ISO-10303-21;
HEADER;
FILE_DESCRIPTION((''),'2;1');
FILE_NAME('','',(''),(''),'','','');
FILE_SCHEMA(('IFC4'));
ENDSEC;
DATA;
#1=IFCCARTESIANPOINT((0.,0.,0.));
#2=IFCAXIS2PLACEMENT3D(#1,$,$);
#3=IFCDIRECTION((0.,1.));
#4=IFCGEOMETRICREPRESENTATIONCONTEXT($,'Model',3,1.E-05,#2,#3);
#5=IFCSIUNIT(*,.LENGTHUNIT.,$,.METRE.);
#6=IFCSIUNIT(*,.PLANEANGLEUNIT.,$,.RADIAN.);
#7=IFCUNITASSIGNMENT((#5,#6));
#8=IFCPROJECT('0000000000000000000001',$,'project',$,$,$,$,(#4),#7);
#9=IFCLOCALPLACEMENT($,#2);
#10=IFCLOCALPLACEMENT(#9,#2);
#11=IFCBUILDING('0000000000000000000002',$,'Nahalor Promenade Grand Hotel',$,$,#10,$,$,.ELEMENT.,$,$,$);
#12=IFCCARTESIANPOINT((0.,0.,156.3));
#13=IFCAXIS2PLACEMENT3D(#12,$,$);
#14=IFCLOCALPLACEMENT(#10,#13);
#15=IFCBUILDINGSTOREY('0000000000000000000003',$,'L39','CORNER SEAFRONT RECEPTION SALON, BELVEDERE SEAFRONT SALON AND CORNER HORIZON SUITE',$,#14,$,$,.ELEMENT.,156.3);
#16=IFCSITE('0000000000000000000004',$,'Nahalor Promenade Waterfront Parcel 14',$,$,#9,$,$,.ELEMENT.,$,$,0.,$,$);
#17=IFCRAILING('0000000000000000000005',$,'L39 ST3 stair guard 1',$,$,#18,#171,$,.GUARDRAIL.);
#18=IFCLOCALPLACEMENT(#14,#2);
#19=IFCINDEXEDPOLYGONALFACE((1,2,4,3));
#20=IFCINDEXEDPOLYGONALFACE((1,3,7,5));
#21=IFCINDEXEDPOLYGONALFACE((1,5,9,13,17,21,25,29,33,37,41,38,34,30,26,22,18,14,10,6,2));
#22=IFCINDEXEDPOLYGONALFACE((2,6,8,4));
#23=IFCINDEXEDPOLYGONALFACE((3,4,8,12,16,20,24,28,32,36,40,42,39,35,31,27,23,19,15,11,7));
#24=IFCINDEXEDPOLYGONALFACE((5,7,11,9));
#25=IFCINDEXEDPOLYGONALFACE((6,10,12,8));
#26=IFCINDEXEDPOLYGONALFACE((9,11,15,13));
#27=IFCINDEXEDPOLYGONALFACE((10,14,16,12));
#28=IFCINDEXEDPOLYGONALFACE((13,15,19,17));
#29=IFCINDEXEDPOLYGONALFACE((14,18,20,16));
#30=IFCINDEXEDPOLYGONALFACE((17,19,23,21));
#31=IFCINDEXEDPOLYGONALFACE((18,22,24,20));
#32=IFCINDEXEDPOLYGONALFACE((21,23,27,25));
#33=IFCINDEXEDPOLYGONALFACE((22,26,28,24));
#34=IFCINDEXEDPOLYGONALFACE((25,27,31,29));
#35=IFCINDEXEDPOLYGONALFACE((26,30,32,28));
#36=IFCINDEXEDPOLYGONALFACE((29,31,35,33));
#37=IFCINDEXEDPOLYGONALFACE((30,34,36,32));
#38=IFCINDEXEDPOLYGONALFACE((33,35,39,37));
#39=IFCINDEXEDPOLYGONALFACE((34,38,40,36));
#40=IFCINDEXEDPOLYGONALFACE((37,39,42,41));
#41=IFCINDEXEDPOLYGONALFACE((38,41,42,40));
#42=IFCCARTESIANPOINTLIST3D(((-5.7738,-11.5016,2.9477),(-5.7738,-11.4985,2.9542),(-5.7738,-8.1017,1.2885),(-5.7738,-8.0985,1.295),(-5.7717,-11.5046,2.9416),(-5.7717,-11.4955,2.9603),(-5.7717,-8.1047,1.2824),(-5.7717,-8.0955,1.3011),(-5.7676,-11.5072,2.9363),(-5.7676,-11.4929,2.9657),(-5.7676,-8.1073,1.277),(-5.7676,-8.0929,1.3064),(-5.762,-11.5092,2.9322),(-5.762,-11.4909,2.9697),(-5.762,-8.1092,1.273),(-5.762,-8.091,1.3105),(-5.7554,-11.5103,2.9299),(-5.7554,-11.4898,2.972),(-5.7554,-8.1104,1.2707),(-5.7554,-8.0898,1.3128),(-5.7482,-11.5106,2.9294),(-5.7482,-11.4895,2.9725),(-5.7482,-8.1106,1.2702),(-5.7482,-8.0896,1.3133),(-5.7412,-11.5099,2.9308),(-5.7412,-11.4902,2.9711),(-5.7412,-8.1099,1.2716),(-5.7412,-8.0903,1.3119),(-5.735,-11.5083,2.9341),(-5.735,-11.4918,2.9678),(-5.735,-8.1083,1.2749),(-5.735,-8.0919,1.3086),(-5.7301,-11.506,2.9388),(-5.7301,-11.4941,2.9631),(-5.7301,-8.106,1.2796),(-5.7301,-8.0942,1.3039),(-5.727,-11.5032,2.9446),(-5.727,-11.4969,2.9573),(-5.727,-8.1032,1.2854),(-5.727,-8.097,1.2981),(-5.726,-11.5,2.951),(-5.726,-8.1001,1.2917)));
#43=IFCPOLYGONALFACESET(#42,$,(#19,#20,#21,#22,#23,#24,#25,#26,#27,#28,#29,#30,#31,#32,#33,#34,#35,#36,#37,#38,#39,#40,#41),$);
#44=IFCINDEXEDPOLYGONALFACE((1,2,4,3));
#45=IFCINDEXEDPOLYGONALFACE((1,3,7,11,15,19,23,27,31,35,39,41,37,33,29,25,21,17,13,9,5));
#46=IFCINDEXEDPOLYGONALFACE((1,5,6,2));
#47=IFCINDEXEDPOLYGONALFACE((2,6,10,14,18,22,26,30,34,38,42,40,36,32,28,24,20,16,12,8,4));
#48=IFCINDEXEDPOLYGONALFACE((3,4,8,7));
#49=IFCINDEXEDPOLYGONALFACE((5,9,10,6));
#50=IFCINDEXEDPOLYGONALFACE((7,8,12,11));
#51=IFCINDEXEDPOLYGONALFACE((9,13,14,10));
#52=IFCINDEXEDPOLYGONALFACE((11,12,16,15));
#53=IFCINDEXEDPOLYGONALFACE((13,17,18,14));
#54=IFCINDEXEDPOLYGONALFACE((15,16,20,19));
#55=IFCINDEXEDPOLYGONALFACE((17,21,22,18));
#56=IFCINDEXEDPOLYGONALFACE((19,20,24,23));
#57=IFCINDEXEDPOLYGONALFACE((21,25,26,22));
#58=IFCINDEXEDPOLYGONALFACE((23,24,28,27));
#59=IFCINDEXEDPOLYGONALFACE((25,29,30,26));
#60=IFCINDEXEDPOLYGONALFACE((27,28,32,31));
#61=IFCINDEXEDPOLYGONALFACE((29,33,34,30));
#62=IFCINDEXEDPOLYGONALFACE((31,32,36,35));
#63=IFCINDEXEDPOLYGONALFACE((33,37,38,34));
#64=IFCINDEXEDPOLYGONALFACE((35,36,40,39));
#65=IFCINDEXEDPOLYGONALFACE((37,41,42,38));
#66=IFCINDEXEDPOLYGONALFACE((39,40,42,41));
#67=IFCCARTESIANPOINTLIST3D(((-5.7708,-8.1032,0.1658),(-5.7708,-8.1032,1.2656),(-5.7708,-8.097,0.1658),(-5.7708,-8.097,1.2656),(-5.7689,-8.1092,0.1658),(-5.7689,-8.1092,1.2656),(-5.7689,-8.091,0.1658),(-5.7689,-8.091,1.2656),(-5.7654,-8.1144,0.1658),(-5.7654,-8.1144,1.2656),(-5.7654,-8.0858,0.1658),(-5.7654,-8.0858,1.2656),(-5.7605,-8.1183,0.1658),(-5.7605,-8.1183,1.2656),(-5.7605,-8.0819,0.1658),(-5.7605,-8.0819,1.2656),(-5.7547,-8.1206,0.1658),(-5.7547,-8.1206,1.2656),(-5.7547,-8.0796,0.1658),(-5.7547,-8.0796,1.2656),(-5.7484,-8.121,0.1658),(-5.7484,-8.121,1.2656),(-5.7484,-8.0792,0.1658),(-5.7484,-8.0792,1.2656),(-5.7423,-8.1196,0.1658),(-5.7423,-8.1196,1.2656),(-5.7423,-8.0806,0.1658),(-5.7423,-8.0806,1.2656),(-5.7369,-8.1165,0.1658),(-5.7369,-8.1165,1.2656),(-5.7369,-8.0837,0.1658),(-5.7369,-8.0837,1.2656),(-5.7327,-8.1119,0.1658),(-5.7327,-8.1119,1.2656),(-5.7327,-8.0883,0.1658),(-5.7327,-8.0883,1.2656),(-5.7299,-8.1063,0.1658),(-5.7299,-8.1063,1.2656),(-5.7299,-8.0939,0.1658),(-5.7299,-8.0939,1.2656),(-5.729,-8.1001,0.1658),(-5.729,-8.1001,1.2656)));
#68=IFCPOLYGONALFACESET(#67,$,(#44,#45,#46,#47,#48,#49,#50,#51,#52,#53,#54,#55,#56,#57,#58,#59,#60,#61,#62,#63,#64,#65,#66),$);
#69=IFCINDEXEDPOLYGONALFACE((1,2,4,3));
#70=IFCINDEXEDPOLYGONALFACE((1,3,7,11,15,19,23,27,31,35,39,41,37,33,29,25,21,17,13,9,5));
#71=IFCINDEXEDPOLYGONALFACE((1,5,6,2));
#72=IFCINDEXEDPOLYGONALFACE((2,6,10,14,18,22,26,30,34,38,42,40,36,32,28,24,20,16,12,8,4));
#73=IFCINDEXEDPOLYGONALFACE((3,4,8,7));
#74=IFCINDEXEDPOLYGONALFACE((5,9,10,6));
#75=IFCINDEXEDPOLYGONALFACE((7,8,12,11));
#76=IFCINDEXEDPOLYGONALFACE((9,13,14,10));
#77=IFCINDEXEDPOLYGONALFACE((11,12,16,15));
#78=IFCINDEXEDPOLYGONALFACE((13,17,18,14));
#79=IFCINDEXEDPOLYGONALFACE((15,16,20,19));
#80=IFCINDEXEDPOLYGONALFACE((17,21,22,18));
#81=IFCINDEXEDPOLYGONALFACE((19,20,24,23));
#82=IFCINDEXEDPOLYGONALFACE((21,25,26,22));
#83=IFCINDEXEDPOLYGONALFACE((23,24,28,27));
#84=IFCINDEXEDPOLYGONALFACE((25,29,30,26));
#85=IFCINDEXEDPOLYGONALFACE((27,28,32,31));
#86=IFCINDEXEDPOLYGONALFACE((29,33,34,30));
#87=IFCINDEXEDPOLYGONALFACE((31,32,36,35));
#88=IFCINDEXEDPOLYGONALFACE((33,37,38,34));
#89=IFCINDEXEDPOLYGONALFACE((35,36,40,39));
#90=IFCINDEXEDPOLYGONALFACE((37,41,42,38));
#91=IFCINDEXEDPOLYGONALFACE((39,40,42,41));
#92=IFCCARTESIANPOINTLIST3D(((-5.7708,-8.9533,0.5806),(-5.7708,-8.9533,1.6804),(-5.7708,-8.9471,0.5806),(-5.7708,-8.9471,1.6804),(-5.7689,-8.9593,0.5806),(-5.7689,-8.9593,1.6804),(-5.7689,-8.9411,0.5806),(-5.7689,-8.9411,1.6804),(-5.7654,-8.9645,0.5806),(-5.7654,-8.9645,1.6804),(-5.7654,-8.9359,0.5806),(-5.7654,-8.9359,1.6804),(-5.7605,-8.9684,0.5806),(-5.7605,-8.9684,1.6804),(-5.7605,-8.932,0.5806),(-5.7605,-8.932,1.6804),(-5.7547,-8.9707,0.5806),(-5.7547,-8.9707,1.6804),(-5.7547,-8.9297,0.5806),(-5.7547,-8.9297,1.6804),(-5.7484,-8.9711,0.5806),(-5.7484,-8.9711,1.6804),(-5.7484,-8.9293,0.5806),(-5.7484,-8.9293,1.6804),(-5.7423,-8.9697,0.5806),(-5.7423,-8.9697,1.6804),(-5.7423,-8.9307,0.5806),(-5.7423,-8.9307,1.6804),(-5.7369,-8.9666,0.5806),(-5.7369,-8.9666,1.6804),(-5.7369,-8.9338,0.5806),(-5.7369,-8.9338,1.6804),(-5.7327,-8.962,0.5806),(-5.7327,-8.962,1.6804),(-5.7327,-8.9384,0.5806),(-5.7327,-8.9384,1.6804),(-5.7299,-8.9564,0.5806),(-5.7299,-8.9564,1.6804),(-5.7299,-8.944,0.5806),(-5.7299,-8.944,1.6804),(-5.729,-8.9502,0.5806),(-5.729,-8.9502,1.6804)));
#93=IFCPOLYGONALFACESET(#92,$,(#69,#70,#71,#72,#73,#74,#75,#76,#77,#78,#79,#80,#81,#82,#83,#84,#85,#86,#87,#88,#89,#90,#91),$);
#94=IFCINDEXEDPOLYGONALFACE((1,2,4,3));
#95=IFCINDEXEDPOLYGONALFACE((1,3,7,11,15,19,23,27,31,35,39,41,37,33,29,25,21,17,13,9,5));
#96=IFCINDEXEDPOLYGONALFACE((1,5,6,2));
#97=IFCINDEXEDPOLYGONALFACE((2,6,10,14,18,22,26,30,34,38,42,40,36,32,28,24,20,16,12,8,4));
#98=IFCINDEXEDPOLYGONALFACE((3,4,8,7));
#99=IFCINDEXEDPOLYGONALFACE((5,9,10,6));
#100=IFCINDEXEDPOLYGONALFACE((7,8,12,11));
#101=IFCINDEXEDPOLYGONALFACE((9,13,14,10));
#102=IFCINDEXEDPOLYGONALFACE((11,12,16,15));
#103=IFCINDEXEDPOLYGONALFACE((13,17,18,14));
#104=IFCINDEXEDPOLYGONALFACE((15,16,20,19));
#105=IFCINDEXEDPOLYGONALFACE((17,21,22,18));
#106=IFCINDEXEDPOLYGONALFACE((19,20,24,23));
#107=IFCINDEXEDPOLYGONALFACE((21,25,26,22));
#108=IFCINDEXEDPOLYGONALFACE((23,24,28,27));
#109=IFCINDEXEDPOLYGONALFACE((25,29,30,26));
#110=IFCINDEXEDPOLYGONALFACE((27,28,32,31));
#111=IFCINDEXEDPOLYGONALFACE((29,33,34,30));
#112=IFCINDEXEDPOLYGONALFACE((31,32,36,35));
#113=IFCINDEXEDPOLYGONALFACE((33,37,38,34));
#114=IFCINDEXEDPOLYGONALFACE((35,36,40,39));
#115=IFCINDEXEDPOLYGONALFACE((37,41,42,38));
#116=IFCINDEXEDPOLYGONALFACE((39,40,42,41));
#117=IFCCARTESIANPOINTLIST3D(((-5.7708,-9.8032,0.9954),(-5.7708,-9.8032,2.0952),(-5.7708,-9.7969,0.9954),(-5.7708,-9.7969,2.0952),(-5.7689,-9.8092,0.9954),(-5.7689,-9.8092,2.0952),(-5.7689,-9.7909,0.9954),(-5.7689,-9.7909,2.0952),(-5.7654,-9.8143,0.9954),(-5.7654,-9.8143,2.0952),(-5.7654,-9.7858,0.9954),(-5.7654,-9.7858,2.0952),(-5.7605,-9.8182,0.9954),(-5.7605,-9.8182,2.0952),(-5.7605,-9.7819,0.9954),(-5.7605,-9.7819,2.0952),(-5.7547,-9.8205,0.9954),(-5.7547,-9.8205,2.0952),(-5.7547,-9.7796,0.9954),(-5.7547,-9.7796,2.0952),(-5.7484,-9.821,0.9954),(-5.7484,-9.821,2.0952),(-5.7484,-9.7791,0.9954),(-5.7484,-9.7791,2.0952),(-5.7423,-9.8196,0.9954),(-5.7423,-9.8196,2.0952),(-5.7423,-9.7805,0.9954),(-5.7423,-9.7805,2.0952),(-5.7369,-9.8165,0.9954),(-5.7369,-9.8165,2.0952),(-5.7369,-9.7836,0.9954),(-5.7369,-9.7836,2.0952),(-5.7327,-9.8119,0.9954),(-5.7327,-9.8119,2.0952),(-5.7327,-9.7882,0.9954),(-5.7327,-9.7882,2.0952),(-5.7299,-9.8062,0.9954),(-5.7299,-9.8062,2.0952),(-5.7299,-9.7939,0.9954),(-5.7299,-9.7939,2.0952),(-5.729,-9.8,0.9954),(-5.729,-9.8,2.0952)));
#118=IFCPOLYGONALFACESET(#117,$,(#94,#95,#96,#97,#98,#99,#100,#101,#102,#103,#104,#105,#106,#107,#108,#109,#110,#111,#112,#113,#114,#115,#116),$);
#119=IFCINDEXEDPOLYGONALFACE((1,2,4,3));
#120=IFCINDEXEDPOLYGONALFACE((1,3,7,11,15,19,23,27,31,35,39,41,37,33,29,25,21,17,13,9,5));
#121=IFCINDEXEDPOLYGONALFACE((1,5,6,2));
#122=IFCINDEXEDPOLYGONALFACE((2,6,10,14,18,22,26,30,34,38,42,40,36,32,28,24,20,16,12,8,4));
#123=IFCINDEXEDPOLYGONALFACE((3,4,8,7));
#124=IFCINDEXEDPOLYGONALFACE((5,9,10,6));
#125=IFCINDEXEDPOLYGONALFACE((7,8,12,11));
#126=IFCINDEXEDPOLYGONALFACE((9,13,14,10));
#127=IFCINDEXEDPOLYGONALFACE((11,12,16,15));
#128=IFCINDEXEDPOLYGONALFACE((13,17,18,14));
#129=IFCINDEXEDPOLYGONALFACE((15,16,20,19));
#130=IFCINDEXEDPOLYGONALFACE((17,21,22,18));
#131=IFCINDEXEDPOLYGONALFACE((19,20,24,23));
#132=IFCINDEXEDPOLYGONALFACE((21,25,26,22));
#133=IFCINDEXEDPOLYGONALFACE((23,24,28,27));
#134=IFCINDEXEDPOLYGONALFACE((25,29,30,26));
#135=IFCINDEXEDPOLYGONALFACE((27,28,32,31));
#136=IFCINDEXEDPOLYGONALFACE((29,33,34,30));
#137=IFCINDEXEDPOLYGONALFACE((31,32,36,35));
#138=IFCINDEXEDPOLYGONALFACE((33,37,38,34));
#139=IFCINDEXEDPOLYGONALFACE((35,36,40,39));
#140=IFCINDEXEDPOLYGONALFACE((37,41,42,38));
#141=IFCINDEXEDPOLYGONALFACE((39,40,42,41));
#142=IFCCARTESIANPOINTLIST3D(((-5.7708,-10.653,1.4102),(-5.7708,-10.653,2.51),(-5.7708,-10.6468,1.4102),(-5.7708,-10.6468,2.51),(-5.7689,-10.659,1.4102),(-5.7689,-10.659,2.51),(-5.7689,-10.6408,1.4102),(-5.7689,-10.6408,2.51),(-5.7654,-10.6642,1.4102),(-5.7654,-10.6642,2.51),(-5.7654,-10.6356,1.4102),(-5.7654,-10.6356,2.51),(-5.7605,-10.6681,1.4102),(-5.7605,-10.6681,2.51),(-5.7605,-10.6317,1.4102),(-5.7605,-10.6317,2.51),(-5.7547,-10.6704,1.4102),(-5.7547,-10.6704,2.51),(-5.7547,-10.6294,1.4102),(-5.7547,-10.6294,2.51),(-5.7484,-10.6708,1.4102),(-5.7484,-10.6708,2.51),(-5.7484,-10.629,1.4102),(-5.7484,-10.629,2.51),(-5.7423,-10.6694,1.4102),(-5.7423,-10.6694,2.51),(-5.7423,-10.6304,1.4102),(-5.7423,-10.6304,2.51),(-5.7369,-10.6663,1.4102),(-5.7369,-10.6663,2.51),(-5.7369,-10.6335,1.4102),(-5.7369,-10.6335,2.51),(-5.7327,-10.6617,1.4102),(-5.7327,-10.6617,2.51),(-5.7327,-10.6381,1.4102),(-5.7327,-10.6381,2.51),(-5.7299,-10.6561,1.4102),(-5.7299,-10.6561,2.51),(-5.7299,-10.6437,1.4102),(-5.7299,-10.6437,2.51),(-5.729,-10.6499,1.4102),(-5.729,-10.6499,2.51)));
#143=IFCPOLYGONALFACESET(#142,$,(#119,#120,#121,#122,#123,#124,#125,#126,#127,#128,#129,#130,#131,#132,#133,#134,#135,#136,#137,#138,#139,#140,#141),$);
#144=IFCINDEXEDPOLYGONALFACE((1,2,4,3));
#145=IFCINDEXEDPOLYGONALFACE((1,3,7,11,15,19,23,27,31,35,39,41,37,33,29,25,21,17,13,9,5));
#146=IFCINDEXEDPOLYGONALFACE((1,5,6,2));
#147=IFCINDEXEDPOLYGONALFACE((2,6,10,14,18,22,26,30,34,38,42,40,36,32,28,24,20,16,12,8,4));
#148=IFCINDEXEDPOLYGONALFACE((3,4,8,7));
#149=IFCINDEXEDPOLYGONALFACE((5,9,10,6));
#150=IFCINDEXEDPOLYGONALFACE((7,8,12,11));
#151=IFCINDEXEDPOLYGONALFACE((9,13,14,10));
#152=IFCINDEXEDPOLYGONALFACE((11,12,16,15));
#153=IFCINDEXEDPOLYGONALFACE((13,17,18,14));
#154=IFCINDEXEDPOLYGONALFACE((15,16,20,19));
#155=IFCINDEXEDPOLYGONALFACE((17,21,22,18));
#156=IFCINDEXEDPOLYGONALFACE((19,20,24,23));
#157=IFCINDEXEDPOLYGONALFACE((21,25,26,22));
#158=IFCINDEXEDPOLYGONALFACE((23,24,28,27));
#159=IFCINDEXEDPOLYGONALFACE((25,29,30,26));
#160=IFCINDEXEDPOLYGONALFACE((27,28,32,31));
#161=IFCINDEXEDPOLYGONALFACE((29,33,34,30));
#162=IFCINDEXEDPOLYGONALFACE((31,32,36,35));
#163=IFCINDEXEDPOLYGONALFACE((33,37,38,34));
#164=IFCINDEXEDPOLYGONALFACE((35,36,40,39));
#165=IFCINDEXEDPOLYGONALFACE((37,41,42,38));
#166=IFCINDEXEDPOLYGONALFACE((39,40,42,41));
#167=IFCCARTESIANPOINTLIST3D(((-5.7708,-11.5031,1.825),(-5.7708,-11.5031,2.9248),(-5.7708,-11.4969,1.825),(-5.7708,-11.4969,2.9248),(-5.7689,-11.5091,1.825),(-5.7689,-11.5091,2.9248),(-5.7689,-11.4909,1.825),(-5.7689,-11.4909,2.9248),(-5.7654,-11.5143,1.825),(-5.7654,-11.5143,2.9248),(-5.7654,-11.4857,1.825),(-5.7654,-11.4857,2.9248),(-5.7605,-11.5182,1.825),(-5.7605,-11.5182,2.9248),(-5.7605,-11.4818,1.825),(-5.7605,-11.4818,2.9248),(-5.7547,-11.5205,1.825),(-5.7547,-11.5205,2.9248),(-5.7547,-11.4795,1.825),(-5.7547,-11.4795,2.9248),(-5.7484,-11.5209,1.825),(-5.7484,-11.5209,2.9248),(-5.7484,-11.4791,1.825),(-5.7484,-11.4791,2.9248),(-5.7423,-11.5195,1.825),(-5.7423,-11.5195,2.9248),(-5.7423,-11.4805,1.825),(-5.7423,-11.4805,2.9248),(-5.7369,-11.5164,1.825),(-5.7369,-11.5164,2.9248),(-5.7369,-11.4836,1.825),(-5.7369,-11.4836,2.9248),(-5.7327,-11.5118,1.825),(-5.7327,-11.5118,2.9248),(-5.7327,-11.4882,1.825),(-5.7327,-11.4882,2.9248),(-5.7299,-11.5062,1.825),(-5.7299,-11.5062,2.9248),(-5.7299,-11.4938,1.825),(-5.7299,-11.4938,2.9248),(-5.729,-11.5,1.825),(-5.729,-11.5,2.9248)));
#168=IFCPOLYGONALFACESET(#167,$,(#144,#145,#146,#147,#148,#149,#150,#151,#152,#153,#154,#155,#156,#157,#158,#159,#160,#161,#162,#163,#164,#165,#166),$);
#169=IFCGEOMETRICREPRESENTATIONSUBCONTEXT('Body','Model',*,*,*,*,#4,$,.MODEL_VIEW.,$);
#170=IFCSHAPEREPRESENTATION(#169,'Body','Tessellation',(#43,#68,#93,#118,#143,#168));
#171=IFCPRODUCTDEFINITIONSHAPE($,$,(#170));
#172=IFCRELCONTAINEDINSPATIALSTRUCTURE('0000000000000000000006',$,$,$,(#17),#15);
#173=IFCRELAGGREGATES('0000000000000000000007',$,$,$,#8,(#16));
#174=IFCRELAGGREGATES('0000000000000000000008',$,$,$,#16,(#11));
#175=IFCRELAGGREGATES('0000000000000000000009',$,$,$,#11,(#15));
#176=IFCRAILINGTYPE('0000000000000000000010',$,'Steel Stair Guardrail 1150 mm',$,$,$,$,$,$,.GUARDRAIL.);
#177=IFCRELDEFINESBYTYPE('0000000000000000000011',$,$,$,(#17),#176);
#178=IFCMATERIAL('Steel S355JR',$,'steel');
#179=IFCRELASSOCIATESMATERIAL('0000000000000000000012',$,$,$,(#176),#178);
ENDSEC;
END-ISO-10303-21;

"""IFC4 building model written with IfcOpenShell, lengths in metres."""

from ifc_helpers import new_model, si_unit, direction, frame, origin, origin_2d, place, context, subcontext, project, spatial, circle, extrude, material, type_object, element, save


model = new_model("IFC4")

# Units and contexts
model_context = context("Model", 3, precision=1e-05, world=origin(), true_north=direction((0.0, 1.0)))
body_context = subcontext(model_context, "Body", "Model", "MODEL_VIEW")
ifc_project = project(units=[si_unit("LENGTHUNIT", "METRE"), si_unit("PLANEANGLEUNIT", "RADIAN")], contexts=[model_context])

# Site, building, storey
site_placement = place(None, origin())
site = spatial("IfcSite", under=ifc_project, at=site_placement, Name="Nahalor Promenade Waterfront Parcel 14", CompositionType="ELEMENT", RefElevation=0.0)
building_placement = place(site_placement, origin())
building = spatial("IfcBuilding", under=site, at=building_placement, Name="Nahalor Promenade Grand Hotel", CompositionType="ELEMENT")
storey_placement = place(building_placement, frame((0.0, 0.0, 156.3)))
storey = spatial("IfcBuildingStorey", under=building, at=storey_placement, Name="L39", Description="CORNER SEAFRONT RECEPTION SALON, BELVEDERE SEAFRONT SALON AND CORNER HORIZON SUITE", CompositionType="ELEMENT", Elevation=156.3)

# Shared definitions
ifc_material_1 = material(Name="Steel S355JR", Category="steel")

# Railing
railing_type_1 = type_object("IfcRailingType", Name="Steel Stair Guardrail 1150 mm", PredefinedType="GUARDRAIL", material=ifc_material_1)
railing_1_placement = place(storey_placement, frame((-5.75, -8.1001, 0.1658)))
element("IfcRailing", 1, at=railing_1_placement, inside=storey, type_object=railing_type_1, Name="L39 ST3 stair guard 1", PredefinedType="GUARDRAIL", context=body_context, shape_type="SweptSolid", body=[
    extrude(circle(Radius=0.024, at=origin_2d()), frame((0.0, 0.0, 1.126), z_axis=(0.0, -0.898696, 0.438571), x_axis=(1.0, 0.0, 0.0)), (0.0, 0.0, 1.0), 3.7832),
    extrude(circle(Radius=0.021, at=origin_2d()), origin(), (0.0, 0.0, 1.0), 1.0999),
    extrude(circle(Radius=0.021, at=origin_2d()), frame((0.0, -0.8501, 0.4148)), (0.0, 0.0, 1.0), 1.0999),
    extrude(circle(Radius=0.021, at=origin_2d()), frame((0.0, -1.7, 0.8296)), (0.0, 0.0, 1.0), 1.0999),
    extrude(circle(Radius=0.021, at=origin_2d()), frame((0.0, -2.5498, 1.2444)), (0.0, 0.0, 1.0), 1.0999),
    extrude(circle(Radius=0.021, at=origin_2d()), frame((0.0, -3.3999, 1.6592)), (0.0, 0.0, 1.0), 1.0999),
])

save(model, "model.ifc")
